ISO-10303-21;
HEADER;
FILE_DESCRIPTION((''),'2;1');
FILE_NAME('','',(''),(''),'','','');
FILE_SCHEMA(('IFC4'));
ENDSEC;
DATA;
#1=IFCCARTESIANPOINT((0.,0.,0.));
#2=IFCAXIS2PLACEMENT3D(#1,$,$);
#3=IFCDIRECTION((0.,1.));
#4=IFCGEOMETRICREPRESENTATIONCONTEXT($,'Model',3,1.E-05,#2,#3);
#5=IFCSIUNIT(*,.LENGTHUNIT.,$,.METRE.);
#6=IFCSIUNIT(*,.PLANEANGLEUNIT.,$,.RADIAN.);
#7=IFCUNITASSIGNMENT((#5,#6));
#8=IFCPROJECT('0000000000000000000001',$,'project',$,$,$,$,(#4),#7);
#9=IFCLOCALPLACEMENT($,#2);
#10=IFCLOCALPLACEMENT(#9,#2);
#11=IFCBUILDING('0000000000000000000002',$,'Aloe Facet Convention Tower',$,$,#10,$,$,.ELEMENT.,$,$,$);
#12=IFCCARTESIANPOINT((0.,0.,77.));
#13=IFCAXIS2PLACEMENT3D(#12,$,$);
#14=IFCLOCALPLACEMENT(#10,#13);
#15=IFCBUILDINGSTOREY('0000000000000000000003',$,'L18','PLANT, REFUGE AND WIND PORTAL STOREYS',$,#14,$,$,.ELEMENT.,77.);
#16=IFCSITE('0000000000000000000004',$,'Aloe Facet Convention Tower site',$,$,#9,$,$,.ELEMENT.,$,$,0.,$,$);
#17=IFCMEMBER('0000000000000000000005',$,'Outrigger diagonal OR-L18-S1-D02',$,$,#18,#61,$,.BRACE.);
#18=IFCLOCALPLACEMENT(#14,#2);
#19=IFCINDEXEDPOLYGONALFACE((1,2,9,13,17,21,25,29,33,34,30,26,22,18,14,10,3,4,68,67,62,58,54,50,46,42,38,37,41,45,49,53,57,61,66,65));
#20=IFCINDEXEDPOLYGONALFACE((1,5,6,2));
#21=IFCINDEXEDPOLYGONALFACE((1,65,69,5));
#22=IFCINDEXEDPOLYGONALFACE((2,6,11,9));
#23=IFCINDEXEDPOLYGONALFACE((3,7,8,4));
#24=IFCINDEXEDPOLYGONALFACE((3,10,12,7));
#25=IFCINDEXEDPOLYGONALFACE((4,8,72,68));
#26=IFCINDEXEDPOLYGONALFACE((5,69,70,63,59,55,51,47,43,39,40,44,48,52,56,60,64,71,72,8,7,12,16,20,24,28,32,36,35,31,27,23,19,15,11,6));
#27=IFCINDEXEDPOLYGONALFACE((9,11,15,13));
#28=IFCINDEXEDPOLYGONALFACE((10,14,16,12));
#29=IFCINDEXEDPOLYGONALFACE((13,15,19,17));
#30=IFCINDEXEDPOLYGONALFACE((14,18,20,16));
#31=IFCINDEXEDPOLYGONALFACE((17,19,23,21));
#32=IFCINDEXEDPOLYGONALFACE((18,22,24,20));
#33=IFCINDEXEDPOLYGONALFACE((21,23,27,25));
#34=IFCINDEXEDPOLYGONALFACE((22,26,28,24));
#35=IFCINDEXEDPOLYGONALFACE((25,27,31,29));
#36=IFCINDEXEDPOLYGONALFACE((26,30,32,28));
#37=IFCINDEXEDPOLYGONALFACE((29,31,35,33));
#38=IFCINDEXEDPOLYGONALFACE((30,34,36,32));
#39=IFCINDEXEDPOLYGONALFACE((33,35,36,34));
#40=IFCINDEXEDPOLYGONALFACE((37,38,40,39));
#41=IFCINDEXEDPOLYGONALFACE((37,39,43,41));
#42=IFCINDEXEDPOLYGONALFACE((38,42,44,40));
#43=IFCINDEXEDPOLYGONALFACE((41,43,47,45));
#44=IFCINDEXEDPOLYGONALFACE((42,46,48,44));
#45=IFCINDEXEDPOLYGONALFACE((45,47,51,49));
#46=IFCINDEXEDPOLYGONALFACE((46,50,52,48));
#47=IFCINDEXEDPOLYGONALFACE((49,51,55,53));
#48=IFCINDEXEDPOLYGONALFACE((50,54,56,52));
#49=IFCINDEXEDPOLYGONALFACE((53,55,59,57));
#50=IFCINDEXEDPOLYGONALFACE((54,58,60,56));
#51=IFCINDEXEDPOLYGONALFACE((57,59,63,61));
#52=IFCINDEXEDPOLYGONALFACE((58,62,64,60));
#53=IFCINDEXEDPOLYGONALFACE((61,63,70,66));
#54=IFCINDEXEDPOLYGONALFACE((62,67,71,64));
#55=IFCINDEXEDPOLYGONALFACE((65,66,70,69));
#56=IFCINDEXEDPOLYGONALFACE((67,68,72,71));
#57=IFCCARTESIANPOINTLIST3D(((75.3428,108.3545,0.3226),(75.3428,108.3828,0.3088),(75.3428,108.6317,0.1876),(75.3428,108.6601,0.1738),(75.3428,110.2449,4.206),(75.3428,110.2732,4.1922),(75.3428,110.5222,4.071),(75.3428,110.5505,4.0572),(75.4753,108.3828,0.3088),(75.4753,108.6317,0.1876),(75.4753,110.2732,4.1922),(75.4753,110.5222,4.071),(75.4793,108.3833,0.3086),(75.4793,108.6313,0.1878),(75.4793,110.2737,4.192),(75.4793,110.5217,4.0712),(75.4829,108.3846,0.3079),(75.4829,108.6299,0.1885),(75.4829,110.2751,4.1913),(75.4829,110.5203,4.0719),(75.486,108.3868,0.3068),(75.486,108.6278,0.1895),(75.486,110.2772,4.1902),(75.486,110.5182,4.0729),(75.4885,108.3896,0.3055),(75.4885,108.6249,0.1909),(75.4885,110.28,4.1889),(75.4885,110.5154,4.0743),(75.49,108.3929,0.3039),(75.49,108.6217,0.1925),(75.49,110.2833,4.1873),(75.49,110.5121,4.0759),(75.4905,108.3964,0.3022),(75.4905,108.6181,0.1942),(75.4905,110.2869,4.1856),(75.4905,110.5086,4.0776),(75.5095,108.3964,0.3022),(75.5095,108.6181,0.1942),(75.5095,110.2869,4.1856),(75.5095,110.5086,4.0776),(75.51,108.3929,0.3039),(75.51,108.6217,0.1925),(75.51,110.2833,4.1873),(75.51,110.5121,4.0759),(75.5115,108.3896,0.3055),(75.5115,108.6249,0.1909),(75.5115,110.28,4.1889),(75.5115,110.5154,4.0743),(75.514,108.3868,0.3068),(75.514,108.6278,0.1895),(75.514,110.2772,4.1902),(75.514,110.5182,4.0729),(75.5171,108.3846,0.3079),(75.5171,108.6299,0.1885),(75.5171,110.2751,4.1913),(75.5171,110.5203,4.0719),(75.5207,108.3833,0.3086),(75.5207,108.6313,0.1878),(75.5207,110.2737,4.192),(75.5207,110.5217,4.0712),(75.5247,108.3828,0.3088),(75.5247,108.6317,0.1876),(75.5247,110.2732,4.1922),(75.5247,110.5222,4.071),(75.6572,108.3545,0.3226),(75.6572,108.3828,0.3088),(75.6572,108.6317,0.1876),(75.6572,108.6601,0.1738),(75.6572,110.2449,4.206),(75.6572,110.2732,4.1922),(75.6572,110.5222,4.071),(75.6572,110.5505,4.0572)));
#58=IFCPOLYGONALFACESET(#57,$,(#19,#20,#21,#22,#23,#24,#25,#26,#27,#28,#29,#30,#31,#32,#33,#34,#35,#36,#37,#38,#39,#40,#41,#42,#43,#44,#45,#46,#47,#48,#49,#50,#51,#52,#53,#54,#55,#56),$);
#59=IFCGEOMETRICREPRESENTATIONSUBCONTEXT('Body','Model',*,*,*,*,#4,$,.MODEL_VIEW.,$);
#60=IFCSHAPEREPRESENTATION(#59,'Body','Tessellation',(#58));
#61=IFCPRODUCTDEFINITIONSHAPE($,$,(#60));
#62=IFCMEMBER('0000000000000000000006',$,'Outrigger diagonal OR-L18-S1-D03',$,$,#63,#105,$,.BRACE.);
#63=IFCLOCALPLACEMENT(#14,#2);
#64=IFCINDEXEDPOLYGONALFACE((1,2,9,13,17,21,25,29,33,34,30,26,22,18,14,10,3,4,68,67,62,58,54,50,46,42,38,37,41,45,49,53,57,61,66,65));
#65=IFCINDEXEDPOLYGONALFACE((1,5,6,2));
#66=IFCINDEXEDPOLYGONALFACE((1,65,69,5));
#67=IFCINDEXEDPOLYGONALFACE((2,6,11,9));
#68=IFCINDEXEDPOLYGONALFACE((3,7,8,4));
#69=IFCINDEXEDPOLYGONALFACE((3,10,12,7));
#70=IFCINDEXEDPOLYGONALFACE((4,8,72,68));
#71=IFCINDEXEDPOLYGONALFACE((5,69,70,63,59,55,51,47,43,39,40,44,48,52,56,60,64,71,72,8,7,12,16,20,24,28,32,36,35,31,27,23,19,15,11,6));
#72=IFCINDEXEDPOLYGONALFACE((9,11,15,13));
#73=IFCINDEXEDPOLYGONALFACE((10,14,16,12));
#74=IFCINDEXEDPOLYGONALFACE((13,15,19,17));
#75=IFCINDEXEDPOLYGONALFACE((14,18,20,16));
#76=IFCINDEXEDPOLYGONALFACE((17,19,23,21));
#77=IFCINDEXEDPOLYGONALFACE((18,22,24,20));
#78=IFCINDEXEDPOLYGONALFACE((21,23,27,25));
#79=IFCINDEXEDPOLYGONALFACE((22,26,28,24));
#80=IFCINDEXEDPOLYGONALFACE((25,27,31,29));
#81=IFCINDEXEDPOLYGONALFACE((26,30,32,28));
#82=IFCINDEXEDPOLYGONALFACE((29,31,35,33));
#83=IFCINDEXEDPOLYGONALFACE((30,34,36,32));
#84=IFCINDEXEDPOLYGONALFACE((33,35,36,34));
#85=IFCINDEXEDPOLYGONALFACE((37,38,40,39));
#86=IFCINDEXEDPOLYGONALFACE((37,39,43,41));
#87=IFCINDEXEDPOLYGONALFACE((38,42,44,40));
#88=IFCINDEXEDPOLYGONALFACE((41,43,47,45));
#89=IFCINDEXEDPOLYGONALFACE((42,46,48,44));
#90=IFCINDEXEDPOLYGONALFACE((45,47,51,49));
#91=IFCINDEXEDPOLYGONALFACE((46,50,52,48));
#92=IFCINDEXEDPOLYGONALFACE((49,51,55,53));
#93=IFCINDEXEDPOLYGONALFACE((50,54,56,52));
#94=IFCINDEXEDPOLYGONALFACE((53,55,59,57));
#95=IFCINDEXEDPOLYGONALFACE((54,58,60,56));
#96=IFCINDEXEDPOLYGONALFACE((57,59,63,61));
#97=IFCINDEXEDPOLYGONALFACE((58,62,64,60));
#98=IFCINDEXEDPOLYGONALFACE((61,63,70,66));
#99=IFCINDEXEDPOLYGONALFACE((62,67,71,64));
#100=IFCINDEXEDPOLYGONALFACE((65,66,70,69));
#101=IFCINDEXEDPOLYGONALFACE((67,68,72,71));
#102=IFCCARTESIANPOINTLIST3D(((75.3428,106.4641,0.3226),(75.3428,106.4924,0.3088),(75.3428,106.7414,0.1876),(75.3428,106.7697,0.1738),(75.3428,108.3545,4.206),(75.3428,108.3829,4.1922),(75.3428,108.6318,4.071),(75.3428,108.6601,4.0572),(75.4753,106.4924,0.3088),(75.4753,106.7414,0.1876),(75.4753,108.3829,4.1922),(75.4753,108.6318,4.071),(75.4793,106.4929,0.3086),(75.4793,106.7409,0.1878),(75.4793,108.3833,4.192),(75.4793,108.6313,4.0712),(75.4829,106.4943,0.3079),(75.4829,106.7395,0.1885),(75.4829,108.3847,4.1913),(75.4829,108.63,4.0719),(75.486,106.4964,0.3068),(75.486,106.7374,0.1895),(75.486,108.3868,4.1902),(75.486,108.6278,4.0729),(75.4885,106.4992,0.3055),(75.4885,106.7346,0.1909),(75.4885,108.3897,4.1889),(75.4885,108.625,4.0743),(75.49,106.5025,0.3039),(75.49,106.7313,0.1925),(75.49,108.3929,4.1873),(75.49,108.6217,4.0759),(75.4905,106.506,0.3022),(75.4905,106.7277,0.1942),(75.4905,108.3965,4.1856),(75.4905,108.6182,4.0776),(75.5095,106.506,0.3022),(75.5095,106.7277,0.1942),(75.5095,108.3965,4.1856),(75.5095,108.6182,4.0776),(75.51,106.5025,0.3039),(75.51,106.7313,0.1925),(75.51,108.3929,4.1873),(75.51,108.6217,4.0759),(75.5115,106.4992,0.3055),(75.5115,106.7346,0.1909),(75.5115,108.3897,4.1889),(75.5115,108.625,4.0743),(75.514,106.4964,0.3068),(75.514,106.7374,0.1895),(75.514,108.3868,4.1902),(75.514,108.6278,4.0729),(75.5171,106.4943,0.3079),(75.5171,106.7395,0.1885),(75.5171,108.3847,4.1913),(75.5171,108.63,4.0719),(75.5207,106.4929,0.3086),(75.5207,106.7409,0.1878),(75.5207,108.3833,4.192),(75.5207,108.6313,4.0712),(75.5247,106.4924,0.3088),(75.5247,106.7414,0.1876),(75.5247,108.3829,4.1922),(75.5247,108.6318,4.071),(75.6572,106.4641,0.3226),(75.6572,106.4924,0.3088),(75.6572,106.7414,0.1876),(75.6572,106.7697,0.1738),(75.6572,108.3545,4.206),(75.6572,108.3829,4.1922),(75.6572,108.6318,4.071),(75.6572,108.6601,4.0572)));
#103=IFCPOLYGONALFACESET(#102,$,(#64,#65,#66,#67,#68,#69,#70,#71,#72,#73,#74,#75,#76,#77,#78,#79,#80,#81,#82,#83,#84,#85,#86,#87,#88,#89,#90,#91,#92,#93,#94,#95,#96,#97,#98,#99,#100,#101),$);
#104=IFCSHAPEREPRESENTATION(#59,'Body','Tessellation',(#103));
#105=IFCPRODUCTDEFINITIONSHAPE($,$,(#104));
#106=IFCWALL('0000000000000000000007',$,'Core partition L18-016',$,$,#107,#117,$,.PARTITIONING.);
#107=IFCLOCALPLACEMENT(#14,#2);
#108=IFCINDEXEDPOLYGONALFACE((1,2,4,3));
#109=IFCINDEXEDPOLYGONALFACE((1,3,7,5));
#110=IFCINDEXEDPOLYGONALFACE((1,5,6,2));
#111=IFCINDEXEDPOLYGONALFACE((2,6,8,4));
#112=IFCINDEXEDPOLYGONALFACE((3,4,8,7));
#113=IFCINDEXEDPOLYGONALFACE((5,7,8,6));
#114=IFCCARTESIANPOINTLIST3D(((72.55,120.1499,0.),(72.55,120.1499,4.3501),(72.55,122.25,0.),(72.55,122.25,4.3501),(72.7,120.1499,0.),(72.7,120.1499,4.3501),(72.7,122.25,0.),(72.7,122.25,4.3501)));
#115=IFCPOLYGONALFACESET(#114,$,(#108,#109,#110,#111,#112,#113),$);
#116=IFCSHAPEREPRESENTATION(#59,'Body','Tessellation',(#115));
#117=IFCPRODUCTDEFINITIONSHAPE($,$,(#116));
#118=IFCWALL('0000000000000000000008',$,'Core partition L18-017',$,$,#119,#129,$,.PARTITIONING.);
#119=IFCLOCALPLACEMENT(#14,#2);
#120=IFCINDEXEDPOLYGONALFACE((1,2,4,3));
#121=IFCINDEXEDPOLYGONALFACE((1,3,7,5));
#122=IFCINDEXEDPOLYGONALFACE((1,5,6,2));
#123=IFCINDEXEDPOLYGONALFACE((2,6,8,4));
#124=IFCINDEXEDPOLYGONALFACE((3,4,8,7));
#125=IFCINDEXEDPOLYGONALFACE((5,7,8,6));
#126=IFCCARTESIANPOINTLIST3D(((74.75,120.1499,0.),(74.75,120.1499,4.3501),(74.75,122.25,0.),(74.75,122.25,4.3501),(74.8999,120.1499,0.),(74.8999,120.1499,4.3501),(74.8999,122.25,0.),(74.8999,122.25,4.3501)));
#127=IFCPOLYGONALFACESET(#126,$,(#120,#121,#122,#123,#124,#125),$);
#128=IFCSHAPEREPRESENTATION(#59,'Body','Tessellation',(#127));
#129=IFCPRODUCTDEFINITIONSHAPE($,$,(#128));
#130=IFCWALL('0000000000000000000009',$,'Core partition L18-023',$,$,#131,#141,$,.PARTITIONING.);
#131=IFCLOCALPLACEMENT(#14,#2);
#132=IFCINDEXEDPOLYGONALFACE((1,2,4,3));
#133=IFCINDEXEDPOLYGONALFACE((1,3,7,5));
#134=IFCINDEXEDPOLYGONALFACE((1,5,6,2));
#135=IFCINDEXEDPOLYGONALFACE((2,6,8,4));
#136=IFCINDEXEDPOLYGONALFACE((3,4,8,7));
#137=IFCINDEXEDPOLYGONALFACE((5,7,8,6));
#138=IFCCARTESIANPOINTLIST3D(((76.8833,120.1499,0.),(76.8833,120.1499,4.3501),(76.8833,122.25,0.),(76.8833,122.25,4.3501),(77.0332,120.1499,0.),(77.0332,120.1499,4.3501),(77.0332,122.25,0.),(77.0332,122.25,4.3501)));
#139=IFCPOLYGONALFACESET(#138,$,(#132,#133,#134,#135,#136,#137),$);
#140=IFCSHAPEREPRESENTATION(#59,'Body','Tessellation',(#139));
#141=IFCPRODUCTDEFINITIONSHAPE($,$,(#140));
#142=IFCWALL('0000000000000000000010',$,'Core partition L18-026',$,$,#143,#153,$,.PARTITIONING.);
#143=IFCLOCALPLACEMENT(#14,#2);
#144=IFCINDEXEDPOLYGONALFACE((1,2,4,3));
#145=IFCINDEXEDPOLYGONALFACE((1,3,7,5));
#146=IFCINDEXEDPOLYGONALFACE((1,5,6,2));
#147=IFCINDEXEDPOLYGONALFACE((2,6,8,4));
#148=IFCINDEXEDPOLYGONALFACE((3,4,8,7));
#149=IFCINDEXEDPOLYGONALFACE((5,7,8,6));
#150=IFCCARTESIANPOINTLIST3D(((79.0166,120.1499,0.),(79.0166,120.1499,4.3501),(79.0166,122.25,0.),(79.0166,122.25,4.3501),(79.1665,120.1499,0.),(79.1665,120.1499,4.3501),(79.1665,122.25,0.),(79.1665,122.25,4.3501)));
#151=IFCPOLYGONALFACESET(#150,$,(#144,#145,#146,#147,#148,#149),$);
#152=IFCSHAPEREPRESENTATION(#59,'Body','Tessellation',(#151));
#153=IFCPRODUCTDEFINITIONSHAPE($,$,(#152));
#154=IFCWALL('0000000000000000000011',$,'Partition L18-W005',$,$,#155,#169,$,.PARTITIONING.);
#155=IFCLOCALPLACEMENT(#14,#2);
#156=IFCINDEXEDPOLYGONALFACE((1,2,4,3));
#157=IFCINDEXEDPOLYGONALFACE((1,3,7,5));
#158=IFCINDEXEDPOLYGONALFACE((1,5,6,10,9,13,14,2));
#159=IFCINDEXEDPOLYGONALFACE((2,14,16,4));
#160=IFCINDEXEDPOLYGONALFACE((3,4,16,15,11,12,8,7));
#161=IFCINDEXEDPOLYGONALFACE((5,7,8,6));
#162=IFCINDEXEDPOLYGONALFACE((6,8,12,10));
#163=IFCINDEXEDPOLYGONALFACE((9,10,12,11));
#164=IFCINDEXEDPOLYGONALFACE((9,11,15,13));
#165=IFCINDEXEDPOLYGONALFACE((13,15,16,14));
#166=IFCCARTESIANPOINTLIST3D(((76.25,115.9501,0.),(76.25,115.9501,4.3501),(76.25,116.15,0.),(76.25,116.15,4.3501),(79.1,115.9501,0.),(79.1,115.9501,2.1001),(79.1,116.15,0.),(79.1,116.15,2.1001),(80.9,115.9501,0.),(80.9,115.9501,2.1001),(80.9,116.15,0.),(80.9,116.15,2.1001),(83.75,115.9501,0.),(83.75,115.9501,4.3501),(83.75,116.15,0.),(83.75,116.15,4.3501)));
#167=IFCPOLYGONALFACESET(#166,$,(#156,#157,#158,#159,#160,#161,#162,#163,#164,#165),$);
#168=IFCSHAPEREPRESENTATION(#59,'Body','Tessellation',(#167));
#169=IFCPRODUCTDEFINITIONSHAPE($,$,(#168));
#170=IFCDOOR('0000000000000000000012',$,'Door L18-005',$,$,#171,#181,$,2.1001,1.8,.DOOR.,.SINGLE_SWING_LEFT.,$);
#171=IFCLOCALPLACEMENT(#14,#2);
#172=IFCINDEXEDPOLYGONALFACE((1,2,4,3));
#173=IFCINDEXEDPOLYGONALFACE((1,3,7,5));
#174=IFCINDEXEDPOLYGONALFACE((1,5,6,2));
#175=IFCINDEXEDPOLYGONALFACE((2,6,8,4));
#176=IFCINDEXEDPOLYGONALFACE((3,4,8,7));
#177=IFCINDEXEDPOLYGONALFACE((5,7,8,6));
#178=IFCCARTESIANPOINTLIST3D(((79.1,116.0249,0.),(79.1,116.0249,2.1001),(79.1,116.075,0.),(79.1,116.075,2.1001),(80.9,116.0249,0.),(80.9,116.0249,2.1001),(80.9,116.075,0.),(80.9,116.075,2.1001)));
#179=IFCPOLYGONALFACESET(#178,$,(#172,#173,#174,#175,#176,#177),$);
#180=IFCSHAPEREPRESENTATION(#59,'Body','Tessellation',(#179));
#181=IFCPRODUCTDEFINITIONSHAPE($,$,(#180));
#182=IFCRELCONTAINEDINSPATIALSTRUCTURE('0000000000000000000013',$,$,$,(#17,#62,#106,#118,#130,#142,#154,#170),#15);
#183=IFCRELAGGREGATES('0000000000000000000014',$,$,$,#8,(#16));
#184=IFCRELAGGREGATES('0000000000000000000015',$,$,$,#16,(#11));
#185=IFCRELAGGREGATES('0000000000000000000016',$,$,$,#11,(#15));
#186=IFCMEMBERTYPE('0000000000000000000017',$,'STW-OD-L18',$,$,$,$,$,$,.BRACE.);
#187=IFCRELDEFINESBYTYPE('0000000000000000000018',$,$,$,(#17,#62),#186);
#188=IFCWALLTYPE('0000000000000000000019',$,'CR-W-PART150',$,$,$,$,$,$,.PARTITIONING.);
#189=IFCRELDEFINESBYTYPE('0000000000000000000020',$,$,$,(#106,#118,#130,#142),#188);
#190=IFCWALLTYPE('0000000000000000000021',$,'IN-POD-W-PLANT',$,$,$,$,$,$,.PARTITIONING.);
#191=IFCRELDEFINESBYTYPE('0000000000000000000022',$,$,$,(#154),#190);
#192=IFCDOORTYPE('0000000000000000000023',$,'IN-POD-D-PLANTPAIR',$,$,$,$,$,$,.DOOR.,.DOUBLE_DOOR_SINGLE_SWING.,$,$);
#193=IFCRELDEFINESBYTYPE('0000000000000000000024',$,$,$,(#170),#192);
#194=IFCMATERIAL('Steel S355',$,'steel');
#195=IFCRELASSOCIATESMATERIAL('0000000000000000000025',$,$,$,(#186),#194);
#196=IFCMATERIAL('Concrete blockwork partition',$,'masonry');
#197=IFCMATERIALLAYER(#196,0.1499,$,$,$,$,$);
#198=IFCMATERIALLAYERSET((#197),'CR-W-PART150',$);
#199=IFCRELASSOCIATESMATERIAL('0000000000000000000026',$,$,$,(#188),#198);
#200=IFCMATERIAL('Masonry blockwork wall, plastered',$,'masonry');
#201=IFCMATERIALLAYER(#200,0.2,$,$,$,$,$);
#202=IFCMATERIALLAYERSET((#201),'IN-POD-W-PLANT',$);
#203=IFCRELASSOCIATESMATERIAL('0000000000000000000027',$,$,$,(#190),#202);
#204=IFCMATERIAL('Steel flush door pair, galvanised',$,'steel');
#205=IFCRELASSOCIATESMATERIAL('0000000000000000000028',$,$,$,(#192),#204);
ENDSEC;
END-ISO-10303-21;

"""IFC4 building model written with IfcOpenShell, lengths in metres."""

from ifc_helpers import new_model, si_unit, direction, frame, frame_2d, origin, origin_2d, place, context, subcontext, project, spatial, rectangle, i_section, extrude, material, layer, layer_set, material_profile, profile_set, type_object, element, fill, save


model = new_model("IFC4")

# Units and contexts
model_context = context("Model", 3, precision=1e-05, world=origin(), true_north=direction((0.0, 1.0)))
body_context = subcontext(model_context, "Body", "Model", "MODEL_VIEW")
ifc_project = project(units=[si_unit("LENGTHUNIT", "METRE"), si_unit("PLANEANGLEUNIT", "RADIAN")], contexts=[model_context])

# Site, building, storey
site_placement = place(None, origin())
site = spatial("IfcSite", under=ifc_project, at=site_placement, Name="Aloe Facet Convention Tower site", CompositionType="ELEMENT", RefElevation=0.0)
building_placement = place(site_placement, origin())
building = spatial("IfcBuilding", under=site, at=building_placement, Name="Aloe Facet Convention Tower", CompositionType="ELEMENT")
storey_placement = place(building_placement, frame((0.0, 0.0, 77.0)))
storey = spatial("IfcBuildingStorey", under=building, at=storey_placement, Name="L18", Description="PLANT, REFUGE AND WIND PORTAL STOREYS", CompositionType="ELEMENT", Elevation=77.0)

# Members
ifc_material_1 = material(Name="Steel S355", Category="steel")
ifc_material_profile_1 = material_profile(ifc_material_1, i_section(OverallWidth=0.3145, OverallDepth=0.3398, WebThickness=0.019, FlangeThickness=0.0315, FilletRadius=0.0151, at=origin_2d()), Name="UC 305x305x198")
ifc_profile_set_1 = profile_set([ifc_material_profile_1], Name="Steel S355")
member_type = type_object("IfcMemberType", Name="STW-OD-L18", PredefinedType="BRACE", material=ifc_profile_set_1)
for number, where, z_axis, x_axis, name in (
    (1, (75.5, 110.3977, 4.1316), (0.0, -0.437692, -0.899125), (1.0, 0.0, 0.0), "Outrigger diagonal OR-L18-S1-D02"),
    (2, (75.5, 108.5073, 4.1316), (0.0, -0.437692, -0.899125), (1.0, 0.0, 0.0), "Outrigger diagonal OR-L18-S1-D03"),
):
    element("IfcMember", number, at=place(storey_placement, frame(where, z_axis=z_axis, x_axis=x_axis)), inside=storey, type_object=member_type, Name=name, PredefinedType="BRACE", context=body_context, shape_type="SweptSolid", body=[
        extrude(i_section(OverallWidth=0.3145, OverallDepth=0.3398, WebThickness=0.019, FlangeThickness=0.0315, FilletRadius=0.0151, at=origin_2d()), origin(), (0.0, 0.0, 1.0), 4.3191),
    ])

# Walls
ifc_material_2 = material(Name="Concrete blockwork partition", Category="masonry")
ifc_layer_1 = layer(ifc_material_2, 0.1499)
ifc_layer_set_1 = layer_set([ifc_layer_1], Name="CR-W-PART150")
wall_type_1 = type_object("IfcWallType", Name="CR-W-PART150", PredefinedType="PARTITIONING", material=ifc_layer_set_1)
for number, where, z_axis, x_axis, name in (
    (3, (72.625, 122.25, 0.0), (0.0, 0.0, 1.0), (0.0, -1.0, 0.0), "Core partition L18-016"),
    (4, (74.825, 122.25, 0.0), (0.0, 0.0, 1.0), (0.0, -1.0, 0.0), "Core partition L18-017"),
    (5, (76.9583, 122.25, 0.0), (0.0, 0.0, 1.0), (0.0, -1.0, 0.0), "Core partition L18-023"),
    (6, (79.0916, 122.25, 0.0), (0.0, 0.0, 1.0), (0.0, -1.0, 0.0), "Core partition L18-026"),
):
    element("IfcWall", number, at=place(storey_placement, frame(where, z_axis=z_axis, x_axis=x_axis)), inside=storey, type_object=wall_type_1, Name=name, PredefinedType="PARTITIONING", context=body_context, shape_type="SweptSolid", body=[
        extrude(rectangle(XDim=2.1001, YDim=0.1499, at=frame_2d((1.05, 0.0))), origin(), (0.0, 0.0, 1.0), 4.3501),
    ])

# Wall, opening, door
ifc_material_3 = material(Name="Masonry blockwork wall, plastered", Category="masonry")
ifc_layer_2 = layer(ifc_material_3, 0.2)
ifc_layer_set_2 = layer_set([ifc_layer_2], Name="IN-POD-W-PLANT")
wall_type_2 = type_object("IfcWallType", Name="IN-POD-W-PLANT", PredefinedType="PARTITIONING", material=ifc_layer_set_2)
wall_placement = place(storey_placement, frame((76.25, 116.05, 0.0), z_axis=(0.0, 0.0, 1.0), x_axis=(1.0, 0.0, 0.0)))
wall = element("IfcWall", 7, at=wall_placement, inside=storey, type_object=wall_type_2, Name="Partition L18-W005", PredefinedType="PARTITIONING", context=body_context, shape_type="SweptSolid", body=[
    extrude(rectangle(XDim=7.5, YDim=0.2, at=frame_2d((3.75, 0.0))), origin(), (0.0, 0.0, 1.0), 4.3501),
])
opening_placement = place(wall_placement, frame((2.8501, 0.0, 0.0)))
opening = element("IfcOpeningElement", 8, at=opening_placement, cuts=wall, PredefinedType="OPENING", context=body_context, shape_type="SweptSolid", body=[
    extrude(rectangle(XDim=1.8, YDim=2.1001, at=frame_2d((0.8999, 1.05))), frame((0.0, 0.1099, 0.0), z_axis=(0.0, -1.0, 0.0), x_axis=(1.0, 0.0, 0.0)), (0.0, 0.0, 1.0), 0.22),
])
ifc_material_4 = material(Name="Steel flush door pair, galvanised", Category="steel")
door_type = type_object("IfcDoorType", Name="IN-POD-D-PLANTPAIR", OperationType="DOUBLE_DOOR_SINGLE_SWING", PredefinedType="DOOR", material=ifc_material_4)
door_placement = place(opening_placement, origin())
door = element("IfcDoor", 9, at=door_placement, inside=storey, type_object=door_type, Name="Door L18-005", OperationType="SINGLE_SWING_LEFT", OverallHeight=2.1001, OverallWidth=1.8, PredefinedType="DOOR", context=body_context, shape_type="SweptSolid", body=[
    extrude(rectangle(XDim=1.8, YDim=2.1001, at=frame_2d((0.8999, 1.05))), frame((0.0, 0.0249, 0.0), z_axis=(0.0, -1.0, 0.0), x_axis=(1.0, 0.0, 0.0)), (0.0, 0.0, 1.0), 0.05),
])
fill(opening, door)

save(model, "model.ifc")
